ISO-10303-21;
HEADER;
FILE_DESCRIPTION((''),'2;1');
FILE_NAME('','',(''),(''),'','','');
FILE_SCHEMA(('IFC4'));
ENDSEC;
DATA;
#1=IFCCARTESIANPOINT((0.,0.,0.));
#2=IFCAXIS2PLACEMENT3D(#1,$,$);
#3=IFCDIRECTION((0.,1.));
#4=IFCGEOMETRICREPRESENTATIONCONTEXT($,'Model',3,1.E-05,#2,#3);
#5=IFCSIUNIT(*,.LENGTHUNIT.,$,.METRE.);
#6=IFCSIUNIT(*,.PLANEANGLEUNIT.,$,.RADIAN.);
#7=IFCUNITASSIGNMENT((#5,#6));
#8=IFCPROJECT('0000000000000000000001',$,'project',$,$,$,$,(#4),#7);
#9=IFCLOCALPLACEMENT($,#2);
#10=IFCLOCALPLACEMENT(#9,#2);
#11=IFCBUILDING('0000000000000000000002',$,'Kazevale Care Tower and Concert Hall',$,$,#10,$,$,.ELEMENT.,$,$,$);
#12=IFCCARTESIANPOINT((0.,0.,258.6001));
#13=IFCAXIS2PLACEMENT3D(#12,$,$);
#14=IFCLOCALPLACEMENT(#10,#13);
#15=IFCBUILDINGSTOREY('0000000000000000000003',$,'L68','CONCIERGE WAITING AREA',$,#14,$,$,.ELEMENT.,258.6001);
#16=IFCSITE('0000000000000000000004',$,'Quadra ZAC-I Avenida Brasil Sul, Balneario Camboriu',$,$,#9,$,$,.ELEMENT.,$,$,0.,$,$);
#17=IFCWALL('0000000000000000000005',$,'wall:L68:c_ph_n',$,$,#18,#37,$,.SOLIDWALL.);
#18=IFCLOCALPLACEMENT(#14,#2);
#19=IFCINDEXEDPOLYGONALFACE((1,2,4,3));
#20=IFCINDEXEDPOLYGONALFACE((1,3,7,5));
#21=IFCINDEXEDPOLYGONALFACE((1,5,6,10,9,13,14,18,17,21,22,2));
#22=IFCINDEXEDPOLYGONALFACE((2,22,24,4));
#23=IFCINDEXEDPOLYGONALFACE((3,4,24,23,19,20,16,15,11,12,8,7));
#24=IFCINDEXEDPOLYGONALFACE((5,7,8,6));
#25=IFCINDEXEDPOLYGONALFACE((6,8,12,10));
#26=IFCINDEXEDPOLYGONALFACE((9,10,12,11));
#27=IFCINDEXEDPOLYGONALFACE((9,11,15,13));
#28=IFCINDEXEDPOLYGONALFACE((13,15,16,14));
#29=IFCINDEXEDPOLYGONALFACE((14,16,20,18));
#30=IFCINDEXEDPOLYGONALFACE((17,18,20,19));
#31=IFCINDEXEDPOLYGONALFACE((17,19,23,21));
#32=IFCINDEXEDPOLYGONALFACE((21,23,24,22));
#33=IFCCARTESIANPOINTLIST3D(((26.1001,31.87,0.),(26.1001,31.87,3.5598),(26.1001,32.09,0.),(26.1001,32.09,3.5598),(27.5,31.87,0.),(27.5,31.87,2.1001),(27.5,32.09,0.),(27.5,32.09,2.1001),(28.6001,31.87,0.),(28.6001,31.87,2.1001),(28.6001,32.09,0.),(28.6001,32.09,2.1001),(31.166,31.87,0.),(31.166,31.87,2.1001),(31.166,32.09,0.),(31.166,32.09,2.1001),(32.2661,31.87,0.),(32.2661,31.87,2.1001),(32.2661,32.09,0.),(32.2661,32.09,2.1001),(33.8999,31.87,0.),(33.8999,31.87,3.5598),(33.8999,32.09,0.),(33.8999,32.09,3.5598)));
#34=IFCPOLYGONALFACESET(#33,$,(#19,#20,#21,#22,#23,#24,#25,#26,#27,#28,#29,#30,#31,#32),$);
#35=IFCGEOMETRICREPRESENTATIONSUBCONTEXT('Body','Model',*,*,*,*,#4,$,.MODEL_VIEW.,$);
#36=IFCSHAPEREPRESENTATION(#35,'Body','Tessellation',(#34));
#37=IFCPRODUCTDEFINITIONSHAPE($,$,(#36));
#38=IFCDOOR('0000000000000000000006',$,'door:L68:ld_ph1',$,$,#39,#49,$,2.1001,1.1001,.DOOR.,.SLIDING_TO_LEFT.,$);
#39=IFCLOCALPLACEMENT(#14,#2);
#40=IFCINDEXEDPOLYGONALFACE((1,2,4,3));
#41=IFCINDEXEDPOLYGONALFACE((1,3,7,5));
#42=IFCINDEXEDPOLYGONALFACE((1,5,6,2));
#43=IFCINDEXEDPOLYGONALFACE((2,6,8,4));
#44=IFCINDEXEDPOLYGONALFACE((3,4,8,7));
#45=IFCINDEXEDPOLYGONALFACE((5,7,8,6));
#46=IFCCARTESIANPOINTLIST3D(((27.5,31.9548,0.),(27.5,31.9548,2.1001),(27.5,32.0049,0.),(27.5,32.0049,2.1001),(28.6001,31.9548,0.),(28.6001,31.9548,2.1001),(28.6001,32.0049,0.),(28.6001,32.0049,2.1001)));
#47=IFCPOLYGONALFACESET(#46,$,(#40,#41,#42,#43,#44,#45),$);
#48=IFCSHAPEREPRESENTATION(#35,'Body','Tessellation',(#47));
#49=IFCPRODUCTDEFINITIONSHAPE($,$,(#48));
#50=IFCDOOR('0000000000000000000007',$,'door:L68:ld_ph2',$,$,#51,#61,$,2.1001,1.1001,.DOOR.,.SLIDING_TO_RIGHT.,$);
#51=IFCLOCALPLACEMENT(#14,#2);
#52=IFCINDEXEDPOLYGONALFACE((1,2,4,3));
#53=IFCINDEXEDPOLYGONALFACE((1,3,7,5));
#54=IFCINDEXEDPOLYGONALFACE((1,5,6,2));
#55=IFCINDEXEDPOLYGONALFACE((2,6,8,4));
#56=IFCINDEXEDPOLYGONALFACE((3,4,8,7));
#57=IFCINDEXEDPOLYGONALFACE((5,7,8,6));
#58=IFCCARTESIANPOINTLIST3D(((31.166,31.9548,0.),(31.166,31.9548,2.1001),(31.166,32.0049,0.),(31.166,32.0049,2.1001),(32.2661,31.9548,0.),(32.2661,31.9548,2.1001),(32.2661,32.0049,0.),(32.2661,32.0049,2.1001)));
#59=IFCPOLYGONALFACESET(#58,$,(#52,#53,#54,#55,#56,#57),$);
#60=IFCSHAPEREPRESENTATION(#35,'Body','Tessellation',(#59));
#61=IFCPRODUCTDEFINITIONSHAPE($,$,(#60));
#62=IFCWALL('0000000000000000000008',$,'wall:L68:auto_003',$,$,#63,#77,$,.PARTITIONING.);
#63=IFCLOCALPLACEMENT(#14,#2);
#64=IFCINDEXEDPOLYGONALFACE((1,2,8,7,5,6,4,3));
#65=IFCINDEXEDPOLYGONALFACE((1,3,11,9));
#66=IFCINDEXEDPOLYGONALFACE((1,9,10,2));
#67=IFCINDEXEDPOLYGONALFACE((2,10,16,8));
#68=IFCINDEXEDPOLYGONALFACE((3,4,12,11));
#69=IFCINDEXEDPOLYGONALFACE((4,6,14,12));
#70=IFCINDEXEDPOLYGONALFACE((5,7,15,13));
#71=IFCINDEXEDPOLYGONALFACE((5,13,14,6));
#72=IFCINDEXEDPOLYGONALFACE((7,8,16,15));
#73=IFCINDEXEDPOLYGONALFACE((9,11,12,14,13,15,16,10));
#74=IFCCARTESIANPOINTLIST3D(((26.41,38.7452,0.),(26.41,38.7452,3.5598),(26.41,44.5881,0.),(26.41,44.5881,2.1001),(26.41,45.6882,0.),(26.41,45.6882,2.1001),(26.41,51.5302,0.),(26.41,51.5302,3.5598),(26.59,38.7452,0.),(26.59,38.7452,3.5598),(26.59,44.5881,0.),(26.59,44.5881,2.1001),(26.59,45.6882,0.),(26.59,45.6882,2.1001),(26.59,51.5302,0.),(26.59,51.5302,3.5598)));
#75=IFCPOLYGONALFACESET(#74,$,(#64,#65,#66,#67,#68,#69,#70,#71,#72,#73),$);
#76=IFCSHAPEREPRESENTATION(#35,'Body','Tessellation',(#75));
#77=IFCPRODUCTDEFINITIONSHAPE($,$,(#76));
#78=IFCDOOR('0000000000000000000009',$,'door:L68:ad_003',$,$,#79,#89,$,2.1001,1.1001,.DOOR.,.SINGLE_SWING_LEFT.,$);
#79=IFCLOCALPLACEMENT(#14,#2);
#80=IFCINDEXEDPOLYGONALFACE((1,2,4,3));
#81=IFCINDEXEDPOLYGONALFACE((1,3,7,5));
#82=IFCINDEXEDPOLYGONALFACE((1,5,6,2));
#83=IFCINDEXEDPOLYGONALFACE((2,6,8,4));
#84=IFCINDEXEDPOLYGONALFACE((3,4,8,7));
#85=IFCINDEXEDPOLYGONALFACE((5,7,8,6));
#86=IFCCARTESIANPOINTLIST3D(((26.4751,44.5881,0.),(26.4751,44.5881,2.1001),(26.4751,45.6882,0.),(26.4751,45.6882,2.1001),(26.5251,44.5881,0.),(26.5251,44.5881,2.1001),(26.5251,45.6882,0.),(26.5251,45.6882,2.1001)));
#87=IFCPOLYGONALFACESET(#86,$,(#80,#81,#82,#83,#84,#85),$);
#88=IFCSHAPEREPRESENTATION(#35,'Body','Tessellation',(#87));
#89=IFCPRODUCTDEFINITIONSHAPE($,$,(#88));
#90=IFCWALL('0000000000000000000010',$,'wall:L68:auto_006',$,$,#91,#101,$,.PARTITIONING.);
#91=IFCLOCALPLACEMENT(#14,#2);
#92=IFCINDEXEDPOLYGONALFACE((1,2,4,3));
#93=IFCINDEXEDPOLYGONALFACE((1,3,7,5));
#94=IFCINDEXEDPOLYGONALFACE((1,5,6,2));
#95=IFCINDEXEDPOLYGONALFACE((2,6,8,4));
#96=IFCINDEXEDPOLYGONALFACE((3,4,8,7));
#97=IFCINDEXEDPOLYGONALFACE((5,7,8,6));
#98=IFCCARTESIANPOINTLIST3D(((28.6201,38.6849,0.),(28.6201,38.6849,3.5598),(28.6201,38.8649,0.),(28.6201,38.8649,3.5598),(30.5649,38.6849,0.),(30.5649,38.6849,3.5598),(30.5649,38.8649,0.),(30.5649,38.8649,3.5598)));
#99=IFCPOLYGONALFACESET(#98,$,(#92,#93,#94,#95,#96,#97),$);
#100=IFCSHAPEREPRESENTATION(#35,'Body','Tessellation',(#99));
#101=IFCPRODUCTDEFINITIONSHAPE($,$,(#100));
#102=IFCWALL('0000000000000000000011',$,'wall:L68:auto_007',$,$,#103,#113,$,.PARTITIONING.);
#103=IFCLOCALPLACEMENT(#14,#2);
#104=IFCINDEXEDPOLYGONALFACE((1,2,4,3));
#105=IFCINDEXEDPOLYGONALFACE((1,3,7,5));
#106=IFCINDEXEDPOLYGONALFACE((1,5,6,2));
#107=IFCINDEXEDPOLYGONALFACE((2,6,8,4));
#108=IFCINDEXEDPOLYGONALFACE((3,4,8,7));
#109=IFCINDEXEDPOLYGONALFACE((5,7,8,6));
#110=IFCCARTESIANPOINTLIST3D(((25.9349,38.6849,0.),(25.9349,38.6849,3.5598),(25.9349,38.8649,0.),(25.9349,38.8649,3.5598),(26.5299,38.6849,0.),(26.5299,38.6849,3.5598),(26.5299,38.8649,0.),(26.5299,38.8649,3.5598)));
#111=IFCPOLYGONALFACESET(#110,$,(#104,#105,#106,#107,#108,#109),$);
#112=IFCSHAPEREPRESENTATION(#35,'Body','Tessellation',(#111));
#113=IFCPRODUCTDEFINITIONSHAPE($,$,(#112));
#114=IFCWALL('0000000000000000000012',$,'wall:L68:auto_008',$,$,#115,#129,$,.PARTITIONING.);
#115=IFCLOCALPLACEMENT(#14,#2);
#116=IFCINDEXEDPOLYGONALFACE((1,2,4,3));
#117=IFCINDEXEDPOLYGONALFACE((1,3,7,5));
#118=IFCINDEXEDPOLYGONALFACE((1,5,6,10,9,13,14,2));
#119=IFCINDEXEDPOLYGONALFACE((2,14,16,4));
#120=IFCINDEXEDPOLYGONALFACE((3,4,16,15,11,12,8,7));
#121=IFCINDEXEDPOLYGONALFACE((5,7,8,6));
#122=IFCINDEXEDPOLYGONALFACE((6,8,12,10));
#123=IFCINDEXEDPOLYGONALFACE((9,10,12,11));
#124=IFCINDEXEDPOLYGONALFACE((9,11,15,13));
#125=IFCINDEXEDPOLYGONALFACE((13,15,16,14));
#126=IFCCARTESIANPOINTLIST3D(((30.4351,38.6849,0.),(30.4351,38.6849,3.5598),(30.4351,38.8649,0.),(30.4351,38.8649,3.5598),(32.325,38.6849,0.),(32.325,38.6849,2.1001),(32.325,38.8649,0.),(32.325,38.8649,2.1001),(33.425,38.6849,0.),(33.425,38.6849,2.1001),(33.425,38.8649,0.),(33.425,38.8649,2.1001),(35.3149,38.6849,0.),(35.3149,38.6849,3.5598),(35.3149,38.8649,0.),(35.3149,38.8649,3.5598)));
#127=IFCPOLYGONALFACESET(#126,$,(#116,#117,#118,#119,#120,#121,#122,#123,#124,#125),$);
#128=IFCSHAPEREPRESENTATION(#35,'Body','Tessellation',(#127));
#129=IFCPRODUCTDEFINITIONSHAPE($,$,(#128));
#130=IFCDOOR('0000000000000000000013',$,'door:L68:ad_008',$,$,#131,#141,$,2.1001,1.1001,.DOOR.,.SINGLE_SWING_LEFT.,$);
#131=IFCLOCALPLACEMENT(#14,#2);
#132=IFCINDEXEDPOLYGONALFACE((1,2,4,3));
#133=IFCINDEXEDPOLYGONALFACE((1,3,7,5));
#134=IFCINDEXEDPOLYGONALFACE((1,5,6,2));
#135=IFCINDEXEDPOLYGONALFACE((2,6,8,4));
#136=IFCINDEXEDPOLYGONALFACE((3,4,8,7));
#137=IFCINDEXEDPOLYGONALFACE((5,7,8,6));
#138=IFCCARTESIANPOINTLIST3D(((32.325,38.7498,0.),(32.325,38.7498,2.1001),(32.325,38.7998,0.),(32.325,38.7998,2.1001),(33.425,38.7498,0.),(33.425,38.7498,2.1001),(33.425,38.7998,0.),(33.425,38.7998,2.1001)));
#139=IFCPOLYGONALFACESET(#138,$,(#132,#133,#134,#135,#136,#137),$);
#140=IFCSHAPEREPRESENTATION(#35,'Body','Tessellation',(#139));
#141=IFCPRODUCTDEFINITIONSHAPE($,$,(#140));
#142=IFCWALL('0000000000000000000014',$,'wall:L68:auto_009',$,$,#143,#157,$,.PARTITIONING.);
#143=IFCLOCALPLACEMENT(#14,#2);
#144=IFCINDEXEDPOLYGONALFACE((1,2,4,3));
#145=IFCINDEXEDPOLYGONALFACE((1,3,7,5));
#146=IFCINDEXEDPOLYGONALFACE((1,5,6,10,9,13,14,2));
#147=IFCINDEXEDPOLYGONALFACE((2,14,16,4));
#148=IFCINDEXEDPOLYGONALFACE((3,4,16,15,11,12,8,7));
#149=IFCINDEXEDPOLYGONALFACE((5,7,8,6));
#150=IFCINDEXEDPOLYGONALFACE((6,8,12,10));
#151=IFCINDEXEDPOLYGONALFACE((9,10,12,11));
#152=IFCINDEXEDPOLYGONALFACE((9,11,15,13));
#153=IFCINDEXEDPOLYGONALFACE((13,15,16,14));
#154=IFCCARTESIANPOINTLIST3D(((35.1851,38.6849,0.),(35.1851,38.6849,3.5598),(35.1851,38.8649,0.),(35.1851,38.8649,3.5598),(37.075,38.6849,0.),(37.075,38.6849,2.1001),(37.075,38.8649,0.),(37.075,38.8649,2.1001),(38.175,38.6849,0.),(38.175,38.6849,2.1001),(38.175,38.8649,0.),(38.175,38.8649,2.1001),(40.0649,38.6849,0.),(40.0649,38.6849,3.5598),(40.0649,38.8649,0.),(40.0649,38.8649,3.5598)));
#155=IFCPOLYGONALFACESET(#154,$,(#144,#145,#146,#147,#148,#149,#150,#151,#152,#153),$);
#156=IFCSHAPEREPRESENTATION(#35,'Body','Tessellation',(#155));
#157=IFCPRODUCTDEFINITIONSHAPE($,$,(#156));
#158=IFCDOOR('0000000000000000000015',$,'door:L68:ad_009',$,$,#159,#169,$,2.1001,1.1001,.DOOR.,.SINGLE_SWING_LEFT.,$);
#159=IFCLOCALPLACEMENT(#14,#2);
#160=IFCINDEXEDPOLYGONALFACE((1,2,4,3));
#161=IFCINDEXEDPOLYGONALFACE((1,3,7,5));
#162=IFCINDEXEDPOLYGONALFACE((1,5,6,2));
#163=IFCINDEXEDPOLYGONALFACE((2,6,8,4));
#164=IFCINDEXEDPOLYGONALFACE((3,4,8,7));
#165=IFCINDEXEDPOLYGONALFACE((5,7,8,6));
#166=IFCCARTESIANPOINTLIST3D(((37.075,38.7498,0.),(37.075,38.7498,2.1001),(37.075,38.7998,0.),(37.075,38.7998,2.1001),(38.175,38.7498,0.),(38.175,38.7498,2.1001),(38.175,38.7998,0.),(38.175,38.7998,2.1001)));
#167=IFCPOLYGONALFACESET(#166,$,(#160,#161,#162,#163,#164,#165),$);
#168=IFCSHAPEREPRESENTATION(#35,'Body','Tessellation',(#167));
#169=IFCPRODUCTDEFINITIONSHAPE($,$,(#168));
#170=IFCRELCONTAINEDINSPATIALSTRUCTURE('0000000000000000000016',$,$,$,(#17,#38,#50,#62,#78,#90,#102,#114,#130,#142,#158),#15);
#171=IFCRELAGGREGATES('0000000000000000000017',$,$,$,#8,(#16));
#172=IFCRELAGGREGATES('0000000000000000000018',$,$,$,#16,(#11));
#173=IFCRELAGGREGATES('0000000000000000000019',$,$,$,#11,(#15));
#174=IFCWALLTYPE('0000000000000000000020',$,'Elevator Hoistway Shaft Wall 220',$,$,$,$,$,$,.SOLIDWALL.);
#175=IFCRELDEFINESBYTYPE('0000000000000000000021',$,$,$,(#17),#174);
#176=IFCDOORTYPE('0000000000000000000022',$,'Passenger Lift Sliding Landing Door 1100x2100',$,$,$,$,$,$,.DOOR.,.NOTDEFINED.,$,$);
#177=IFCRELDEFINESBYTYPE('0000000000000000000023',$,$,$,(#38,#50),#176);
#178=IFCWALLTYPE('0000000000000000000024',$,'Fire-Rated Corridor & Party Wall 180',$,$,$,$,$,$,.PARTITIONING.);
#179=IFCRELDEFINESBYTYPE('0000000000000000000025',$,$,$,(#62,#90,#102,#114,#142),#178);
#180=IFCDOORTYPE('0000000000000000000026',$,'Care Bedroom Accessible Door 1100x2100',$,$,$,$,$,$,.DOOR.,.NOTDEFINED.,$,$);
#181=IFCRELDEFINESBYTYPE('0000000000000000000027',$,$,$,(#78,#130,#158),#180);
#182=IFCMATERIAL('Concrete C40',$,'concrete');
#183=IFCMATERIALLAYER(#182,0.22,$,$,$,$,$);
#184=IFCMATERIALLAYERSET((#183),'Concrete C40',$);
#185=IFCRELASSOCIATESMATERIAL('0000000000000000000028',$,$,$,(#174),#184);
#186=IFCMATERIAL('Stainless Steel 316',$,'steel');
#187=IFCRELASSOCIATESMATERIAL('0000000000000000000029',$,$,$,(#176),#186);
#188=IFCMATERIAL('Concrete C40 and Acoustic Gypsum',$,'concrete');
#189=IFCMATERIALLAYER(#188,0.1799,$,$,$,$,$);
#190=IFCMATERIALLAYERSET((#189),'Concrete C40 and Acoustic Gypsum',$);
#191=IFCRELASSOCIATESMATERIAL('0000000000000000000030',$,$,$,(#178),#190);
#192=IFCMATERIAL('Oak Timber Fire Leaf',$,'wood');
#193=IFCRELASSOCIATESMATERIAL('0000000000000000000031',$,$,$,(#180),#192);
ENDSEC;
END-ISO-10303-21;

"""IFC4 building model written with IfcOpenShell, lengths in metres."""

from ifc_helpers import new_model, si_unit, direction, frame, frame_2d, origin, place, context, subcontext, project, spatial, rectangle, extrude, material, layer, layer_set, type_object, element, fill, save


model = new_model("IFC4")

# Units and contexts
model_context = context("Model", 3, precision=1e-05, world=origin(), true_north=direction((0.0, 1.0)))
body_context = subcontext(model_context, "Body", "Model", "MODEL_VIEW")
ifc_project = project(units=[si_unit("LENGTHUNIT", "METRE"), si_unit("PLANEANGLEUNIT", "RADIAN")], contexts=[model_context])

# Site, building, storey
site_placement = place(None, origin())
site = spatial("IfcSite", under=ifc_project, at=site_placement, Name="Quadra ZAC-I Avenida Brasil Sul, Balneario Camboriu", CompositionType="ELEMENT", RefElevation=0.0)
building_placement = place(site_placement, origin())
building = spatial("IfcBuilding", under=site, at=building_placement, Name="Kazevale Care Tower and Concert Hall", CompositionType="ELEMENT")
storey_placement = place(building_placement, frame((0.0, 0.0, 258.6001)))
storey = spatial("IfcBuildingStorey", under=building, at=storey_placement, Name="L68", Description="CONCIERGE WAITING AREA", CompositionType="ELEMENT", Elevation=258.6001)

# Shared definitions
ifc_material_1 = material(Name="Oak Timber Fire Leaf", Category="wood")

# Shared definitions
ifc_material_2 = material(Name="Concrete C40", Category="concrete")
ifc_layer_1 = layer(ifc_material_2, 0.22)
ifc_layer_set_1 = layer_set([ifc_layer_1], Name="Concrete C40")
wall_type_1 = type_object("IfcWallType", Name="Elevator Hoistway Shaft Wall 220", PredefinedType="SOLIDWALL", material=ifc_layer_set_1)

# Wall, openings, doors
wall_1_placement = place(storey_placement, frame((26.1001, 31.98, 0.0), z_axis=(0.0, 0.0, 1.0), x_axis=(1.0, 0.0, 0.0)))
wall_1 = element("IfcWall", 1, at=wall_1_placement, inside=storey, type_object=wall_type_1, Name="wall:L68:c_ph_n", PredefinedType="SOLIDWALL", context=body_context, shape_type="SweptSolid", body=[
    extrude(rectangle(XDim=7.7998, YDim=0.22, at=frame_2d((3.8999, 0.0))), origin(), (0.0, 0.0, 1.0), 3.5598),
])
opening_1_placement = place(wall_1_placement, frame((1.3999, 0.0, 0.0)))
opening_1 = element("IfcOpeningElement", 2, at=opening_1_placement, cuts=wall_1, PredefinedType="OPENING", context=body_context, shape_type="SweptSolid", body=[
    extrude(rectangle(XDim=1.1001, YDim=2.1001, at=frame_2d((0.55, 1.05))), frame((0.0, 0.1199, 0.0), z_axis=(0.0, -1.0, 0.0), x_axis=(1.0, 0.0, 0.0)), (0.0, 0.0, 1.0), 0.24),
])
opening_2_placement = place(wall_1_placement, frame((5.0659, 0.0, 0.0)))
opening_2 = element("IfcOpeningElement", 3, at=opening_2_placement, cuts=wall_1, PredefinedType="OPENING", context=body_context, shape_type="SweptSolid", body=[
    extrude(rectangle(XDim=1.1001, YDim=2.1001, at=frame_2d((0.55, 1.05))), frame((0.0, 0.1199, 0.0), z_axis=(0.0, -1.0, 0.0), x_axis=(1.0, 0.0, 0.0)), (0.0, 0.0, 1.0), 0.24),
])
ifc_material_3 = material(Name="Stainless Steel 316", Category="steel")
door_type_1 = type_object("IfcDoorType", Name="Passenger Lift Sliding Landing Door 1100x2100", OperationType="NOTDEFINED", PredefinedType="DOOR", material=ifc_material_3)
door_1_placement = place(opening_1_placement, origin())
door_1 = element("IfcDoor", 4, at=door_1_placement, inside=storey, type_object=door_type_1, Name="door:L68:ld_ph1", OperationType="SLIDING_TO_LEFT", OverallHeight=2.1001, OverallWidth=1.1001, PredefinedType="DOOR", context=body_context, shape_type="SweptSolid", body=[
    extrude(rectangle(XDim=1.1001, YDim=2.1001, at=frame_2d((0.55, 1.05))), frame((0.0, 0.0249, 0.0), z_axis=(0.0, -1.0, 0.0), x_axis=(1.0, 0.0, 0.0)), (0.0, 0.0, 1.0), 0.05),
])
fill(opening_1, door_1)
door_2_placement = place(opening_2_placement, origin())
door_2 = element("IfcDoor", 5, at=door_2_placement, inside=storey, type_object=door_type_1, Name="door:L68:ld_ph2", OperationType="SLIDING_TO_RIGHT", OverallHeight=2.1001, OverallWidth=1.1001, PredefinedType="DOOR", context=body_context, shape_type="SweptSolid", body=[
    extrude(rectangle(XDim=1.1001, YDim=2.1001, at=frame_2d((0.55, 1.05))), frame((0.0, 0.0249, 0.0), z_axis=(0.0, -1.0, 0.0), x_axis=(1.0, 0.0, 0.0)), (0.0, 0.0, 1.0), 0.05),
])
fill(opening_2, door_2)

# Wall, opening, door
ifc_material_4 = material(Name="Concrete C40 and Acoustic Gypsum", Category="concrete")
ifc_layer_2 = layer(ifc_material_4, 0.1799)
ifc_layer_set_2 = layer_set([ifc_layer_2], Name="Concrete C40 and Acoustic Gypsum")
wall_type_2 = type_object("IfcWallType", Name="Fire-Rated Corridor & Party Wall 180", PredefinedType="PARTITIONING", material=ifc_layer_set_2)
wall_2_placement = place(storey_placement, frame((26.5, 38.7451, 0.0), z_axis=(0.0, 0.0, 1.0), x_axis=(0.0, 1.0, 0.0)))
wall_2 = element("IfcWall", 6, at=wall_2_placement, inside=storey, type_object=wall_type_2, Name="wall:L68:auto_003", PredefinedType="PARTITIONING", context=body_context, shape_type="SweptSolid", body=[
    extrude(rectangle(XDim=12.7849, YDim=0.1799, at=frame_2d((6.3926, 0.0))), origin(), (0.0, 0.0, 1.0), 3.5598),
])
opening_3_placement = place(wall_2_placement, frame((5.843, 0.0, 0.0)))
opening_3 = element("IfcOpeningElement", 7, at=opening_3_placement, cuts=wall_2, PredefinedType="OPENING", context=body_context, shape_type="SweptSolid", body=[
    extrude(rectangle(XDim=1.1001, YDim=2.1001, at=frame_2d((0.55, 1.05))), frame((0.0, 0.0999, 0.0), z_axis=(0.0, -1.0, 0.0), x_axis=(1.0, 0.0, 0.0)), (0.0, 0.0, 1.0), 0.2),
])
door_type_2 = type_object("IfcDoorType", Name="Care Bedroom Accessible Door 1100x2100", OperationType="NOTDEFINED", PredefinedType="DOOR", material=ifc_material_1)
door_3_placement = place(opening_3_placement, origin())
door_3 = element("IfcDoor", 8, at=door_3_placement, inside=storey, type_object=door_type_2, Name="door:L68:ad_003", OperationType="SINGLE_SWING_LEFT", OverallHeight=2.1001, OverallWidth=1.1001, PredefinedType="DOOR", context=body_context, shape_type="SweptSolid", body=[
    extrude(rectangle(XDim=1.1001, YDim=2.1001, at=frame_2d((0.55, 1.05))), frame((0.0, 0.0249, 0.0), z_axis=(0.0, -1.0, 0.0), x_axis=(1.0, 0.0, 0.0)), (0.0, 0.0, 1.0), 0.05),
])
fill(opening_3, door_3)

# Walls
wall_3_placement = place(storey_placement, frame((28.6201, 38.7749, 0.0), z_axis=(0.0, 0.0, 1.0), x_axis=(1.0, 0.0, 0.0)))
element("IfcWall", 9, at=wall_3_placement, inside=storey, type_object=wall_type_2, Name="wall:L68:auto_006", PredefinedType="PARTITIONING", context=body_context, shape_type="SweptSolid", body=[
    extrude(rectangle(XDim=1.9448, YDim=0.1799, at=frame_2d((0.9724, 0.0))), origin(), (0.0, 0.0, 1.0), 3.5598),
])
wall_4_placement = place(storey_placement, frame((25.9351, 38.7749, 0.0), z_axis=(0.0, 0.0, 1.0), x_axis=(1.0, 0.0, 0.0)))
element("IfcWall", 10, at=wall_4_placement, inside=storey, type_object=wall_type_2, Name="wall:L68:auto_007", PredefinedType="PARTITIONING", context=body_context, shape_type="SweptSolid", body=[
    extrude(rectangle(XDim=0.595, YDim=0.1799, at=frame_2d((0.2974, 0.0))), origin(), (0.0, 0.0, 1.0), 3.5598),
])

# Walls, openings, doors
wall_5_placement = place(storey_placement, frame((30.4351, 38.7749, 0.0), z_axis=(0.0, 0.0, 1.0), x_axis=(1.0, 0.0, 0.0)))
wall_5 = element("IfcWall", 11, at=wall_5_placement, inside=storey, type_object=wall_type_2, Name="wall:L68:auto_008", PredefinedType="PARTITIONING", context=body_context, shape_type="SweptSolid", body=[
    extrude(rectangle(XDim=4.8799, YDim=0.1799, at=frame_2d((2.4399, 0.0))), origin(), (0.0, 0.0, 1.0), 3.5598),
])
opening_4_placement = place(wall_5_placement, frame((1.8899, 0.0, 0.0)))
opening_4 = element("IfcOpeningElement", 12, at=opening_4_placement, cuts=wall_5, PredefinedType="OPENING", context=body_context, shape_type="SweptSolid", body=[
    extrude(rectangle(XDim=1.1001, YDim=2.1001, at=frame_2d((0.55, 1.05))), frame((0.0, 0.0999, 0.0), z_axis=(0.0, -1.0, 0.0), x_axis=(1.0, 0.0, 0.0)), (0.0, 0.0, 1.0), 0.2),
])
door_4_placement = place(opening_4_placement, origin())
door_4 = element("IfcDoor", 13, at=door_4_placement, inside=storey, type_object=door_type_2, Name="door:L68:ad_008", OperationType="SINGLE_SWING_LEFT", OverallHeight=2.1001, OverallWidth=1.1001, PredefinedType="DOOR", context=body_context, shape_type="SweptSolid", body=[
    extrude(rectangle(XDim=1.1001, YDim=2.1001, at=frame_2d((0.55, 1.05))), frame((0.0, 0.0249, 0.0), z_axis=(0.0, -1.0, 0.0), x_axis=(1.0, 0.0, 0.0)), (0.0, 0.0, 1.0), 0.05),
])
fill(opening_4, door_4)
wall_6_placement = place(storey_placement, frame((35.1851, 38.7749, 0.0), z_axis=(0.0, 0.0, 1.0), x_axis=(1.0, 0.0, 0.0)))
wall_6 = element("IfcWall", 14, at=wall_6_placement, inside=storey, type_object=wall_type_2, Name="wall:L68:auto_009", PredefinedType="PARTITIONING", context=body_context, shape_type="SweptSolid", body=[
    extrude(rectangle(XDim=4.8799, YDim=0.1799, at=frame_2d((2.4399, 0.0))), origin(), (0.0, 0.0, 1.0), 3.5598),
])
opening_5_placement = place(wall_6_placement, frame((1.8899, 0.0, 0.0)))
opening_5 = element("IfcOpeningElement", 15, at=opening_5_placement, cuts=wall_6, PredefinedType="OPENING", context=body_context, shape_type="SweptSolid", body=[
    extrude(rectangle(XDim=1.1001, YDim=2.1001, at=frame_2d((0.55, 1.05))), frame((0.0, 0.0999, 0.0), z_axis=(0.0, -1.0, 0.0), x_axis=(1.0, 0.0, 0.0)), (0.0, 0.0, 1.0), 0.2),
])
door_5_placement = place(opening_5_placement, origin())
door_5 = element("IfcDoor", 16, at=door_5_placement, inside=storey, type_object=door_type_2, Name="door:L68:ad_009", OperationType="SINGLE_SWING_LEFT", OverallHeight=2.1001, OverallWidth=1.1001, PredefinedType="DOOR", context=body_context, shape_type="SweptSolid", body=[
    extrude(rectangle(XDim=1.1001, YDim=2.1001, at=frame_2d((0.55, 1.05))), frame((0.0, 0.0249, 0.0), z_axis=(0.0, -1.0, 0.0), x_axis=(1.0, 0.0, 0.0)), (0.0, 0.0, 1.0), 0.05),
])
fill(opening_5, door_5)

save(model, "model.ifc")
